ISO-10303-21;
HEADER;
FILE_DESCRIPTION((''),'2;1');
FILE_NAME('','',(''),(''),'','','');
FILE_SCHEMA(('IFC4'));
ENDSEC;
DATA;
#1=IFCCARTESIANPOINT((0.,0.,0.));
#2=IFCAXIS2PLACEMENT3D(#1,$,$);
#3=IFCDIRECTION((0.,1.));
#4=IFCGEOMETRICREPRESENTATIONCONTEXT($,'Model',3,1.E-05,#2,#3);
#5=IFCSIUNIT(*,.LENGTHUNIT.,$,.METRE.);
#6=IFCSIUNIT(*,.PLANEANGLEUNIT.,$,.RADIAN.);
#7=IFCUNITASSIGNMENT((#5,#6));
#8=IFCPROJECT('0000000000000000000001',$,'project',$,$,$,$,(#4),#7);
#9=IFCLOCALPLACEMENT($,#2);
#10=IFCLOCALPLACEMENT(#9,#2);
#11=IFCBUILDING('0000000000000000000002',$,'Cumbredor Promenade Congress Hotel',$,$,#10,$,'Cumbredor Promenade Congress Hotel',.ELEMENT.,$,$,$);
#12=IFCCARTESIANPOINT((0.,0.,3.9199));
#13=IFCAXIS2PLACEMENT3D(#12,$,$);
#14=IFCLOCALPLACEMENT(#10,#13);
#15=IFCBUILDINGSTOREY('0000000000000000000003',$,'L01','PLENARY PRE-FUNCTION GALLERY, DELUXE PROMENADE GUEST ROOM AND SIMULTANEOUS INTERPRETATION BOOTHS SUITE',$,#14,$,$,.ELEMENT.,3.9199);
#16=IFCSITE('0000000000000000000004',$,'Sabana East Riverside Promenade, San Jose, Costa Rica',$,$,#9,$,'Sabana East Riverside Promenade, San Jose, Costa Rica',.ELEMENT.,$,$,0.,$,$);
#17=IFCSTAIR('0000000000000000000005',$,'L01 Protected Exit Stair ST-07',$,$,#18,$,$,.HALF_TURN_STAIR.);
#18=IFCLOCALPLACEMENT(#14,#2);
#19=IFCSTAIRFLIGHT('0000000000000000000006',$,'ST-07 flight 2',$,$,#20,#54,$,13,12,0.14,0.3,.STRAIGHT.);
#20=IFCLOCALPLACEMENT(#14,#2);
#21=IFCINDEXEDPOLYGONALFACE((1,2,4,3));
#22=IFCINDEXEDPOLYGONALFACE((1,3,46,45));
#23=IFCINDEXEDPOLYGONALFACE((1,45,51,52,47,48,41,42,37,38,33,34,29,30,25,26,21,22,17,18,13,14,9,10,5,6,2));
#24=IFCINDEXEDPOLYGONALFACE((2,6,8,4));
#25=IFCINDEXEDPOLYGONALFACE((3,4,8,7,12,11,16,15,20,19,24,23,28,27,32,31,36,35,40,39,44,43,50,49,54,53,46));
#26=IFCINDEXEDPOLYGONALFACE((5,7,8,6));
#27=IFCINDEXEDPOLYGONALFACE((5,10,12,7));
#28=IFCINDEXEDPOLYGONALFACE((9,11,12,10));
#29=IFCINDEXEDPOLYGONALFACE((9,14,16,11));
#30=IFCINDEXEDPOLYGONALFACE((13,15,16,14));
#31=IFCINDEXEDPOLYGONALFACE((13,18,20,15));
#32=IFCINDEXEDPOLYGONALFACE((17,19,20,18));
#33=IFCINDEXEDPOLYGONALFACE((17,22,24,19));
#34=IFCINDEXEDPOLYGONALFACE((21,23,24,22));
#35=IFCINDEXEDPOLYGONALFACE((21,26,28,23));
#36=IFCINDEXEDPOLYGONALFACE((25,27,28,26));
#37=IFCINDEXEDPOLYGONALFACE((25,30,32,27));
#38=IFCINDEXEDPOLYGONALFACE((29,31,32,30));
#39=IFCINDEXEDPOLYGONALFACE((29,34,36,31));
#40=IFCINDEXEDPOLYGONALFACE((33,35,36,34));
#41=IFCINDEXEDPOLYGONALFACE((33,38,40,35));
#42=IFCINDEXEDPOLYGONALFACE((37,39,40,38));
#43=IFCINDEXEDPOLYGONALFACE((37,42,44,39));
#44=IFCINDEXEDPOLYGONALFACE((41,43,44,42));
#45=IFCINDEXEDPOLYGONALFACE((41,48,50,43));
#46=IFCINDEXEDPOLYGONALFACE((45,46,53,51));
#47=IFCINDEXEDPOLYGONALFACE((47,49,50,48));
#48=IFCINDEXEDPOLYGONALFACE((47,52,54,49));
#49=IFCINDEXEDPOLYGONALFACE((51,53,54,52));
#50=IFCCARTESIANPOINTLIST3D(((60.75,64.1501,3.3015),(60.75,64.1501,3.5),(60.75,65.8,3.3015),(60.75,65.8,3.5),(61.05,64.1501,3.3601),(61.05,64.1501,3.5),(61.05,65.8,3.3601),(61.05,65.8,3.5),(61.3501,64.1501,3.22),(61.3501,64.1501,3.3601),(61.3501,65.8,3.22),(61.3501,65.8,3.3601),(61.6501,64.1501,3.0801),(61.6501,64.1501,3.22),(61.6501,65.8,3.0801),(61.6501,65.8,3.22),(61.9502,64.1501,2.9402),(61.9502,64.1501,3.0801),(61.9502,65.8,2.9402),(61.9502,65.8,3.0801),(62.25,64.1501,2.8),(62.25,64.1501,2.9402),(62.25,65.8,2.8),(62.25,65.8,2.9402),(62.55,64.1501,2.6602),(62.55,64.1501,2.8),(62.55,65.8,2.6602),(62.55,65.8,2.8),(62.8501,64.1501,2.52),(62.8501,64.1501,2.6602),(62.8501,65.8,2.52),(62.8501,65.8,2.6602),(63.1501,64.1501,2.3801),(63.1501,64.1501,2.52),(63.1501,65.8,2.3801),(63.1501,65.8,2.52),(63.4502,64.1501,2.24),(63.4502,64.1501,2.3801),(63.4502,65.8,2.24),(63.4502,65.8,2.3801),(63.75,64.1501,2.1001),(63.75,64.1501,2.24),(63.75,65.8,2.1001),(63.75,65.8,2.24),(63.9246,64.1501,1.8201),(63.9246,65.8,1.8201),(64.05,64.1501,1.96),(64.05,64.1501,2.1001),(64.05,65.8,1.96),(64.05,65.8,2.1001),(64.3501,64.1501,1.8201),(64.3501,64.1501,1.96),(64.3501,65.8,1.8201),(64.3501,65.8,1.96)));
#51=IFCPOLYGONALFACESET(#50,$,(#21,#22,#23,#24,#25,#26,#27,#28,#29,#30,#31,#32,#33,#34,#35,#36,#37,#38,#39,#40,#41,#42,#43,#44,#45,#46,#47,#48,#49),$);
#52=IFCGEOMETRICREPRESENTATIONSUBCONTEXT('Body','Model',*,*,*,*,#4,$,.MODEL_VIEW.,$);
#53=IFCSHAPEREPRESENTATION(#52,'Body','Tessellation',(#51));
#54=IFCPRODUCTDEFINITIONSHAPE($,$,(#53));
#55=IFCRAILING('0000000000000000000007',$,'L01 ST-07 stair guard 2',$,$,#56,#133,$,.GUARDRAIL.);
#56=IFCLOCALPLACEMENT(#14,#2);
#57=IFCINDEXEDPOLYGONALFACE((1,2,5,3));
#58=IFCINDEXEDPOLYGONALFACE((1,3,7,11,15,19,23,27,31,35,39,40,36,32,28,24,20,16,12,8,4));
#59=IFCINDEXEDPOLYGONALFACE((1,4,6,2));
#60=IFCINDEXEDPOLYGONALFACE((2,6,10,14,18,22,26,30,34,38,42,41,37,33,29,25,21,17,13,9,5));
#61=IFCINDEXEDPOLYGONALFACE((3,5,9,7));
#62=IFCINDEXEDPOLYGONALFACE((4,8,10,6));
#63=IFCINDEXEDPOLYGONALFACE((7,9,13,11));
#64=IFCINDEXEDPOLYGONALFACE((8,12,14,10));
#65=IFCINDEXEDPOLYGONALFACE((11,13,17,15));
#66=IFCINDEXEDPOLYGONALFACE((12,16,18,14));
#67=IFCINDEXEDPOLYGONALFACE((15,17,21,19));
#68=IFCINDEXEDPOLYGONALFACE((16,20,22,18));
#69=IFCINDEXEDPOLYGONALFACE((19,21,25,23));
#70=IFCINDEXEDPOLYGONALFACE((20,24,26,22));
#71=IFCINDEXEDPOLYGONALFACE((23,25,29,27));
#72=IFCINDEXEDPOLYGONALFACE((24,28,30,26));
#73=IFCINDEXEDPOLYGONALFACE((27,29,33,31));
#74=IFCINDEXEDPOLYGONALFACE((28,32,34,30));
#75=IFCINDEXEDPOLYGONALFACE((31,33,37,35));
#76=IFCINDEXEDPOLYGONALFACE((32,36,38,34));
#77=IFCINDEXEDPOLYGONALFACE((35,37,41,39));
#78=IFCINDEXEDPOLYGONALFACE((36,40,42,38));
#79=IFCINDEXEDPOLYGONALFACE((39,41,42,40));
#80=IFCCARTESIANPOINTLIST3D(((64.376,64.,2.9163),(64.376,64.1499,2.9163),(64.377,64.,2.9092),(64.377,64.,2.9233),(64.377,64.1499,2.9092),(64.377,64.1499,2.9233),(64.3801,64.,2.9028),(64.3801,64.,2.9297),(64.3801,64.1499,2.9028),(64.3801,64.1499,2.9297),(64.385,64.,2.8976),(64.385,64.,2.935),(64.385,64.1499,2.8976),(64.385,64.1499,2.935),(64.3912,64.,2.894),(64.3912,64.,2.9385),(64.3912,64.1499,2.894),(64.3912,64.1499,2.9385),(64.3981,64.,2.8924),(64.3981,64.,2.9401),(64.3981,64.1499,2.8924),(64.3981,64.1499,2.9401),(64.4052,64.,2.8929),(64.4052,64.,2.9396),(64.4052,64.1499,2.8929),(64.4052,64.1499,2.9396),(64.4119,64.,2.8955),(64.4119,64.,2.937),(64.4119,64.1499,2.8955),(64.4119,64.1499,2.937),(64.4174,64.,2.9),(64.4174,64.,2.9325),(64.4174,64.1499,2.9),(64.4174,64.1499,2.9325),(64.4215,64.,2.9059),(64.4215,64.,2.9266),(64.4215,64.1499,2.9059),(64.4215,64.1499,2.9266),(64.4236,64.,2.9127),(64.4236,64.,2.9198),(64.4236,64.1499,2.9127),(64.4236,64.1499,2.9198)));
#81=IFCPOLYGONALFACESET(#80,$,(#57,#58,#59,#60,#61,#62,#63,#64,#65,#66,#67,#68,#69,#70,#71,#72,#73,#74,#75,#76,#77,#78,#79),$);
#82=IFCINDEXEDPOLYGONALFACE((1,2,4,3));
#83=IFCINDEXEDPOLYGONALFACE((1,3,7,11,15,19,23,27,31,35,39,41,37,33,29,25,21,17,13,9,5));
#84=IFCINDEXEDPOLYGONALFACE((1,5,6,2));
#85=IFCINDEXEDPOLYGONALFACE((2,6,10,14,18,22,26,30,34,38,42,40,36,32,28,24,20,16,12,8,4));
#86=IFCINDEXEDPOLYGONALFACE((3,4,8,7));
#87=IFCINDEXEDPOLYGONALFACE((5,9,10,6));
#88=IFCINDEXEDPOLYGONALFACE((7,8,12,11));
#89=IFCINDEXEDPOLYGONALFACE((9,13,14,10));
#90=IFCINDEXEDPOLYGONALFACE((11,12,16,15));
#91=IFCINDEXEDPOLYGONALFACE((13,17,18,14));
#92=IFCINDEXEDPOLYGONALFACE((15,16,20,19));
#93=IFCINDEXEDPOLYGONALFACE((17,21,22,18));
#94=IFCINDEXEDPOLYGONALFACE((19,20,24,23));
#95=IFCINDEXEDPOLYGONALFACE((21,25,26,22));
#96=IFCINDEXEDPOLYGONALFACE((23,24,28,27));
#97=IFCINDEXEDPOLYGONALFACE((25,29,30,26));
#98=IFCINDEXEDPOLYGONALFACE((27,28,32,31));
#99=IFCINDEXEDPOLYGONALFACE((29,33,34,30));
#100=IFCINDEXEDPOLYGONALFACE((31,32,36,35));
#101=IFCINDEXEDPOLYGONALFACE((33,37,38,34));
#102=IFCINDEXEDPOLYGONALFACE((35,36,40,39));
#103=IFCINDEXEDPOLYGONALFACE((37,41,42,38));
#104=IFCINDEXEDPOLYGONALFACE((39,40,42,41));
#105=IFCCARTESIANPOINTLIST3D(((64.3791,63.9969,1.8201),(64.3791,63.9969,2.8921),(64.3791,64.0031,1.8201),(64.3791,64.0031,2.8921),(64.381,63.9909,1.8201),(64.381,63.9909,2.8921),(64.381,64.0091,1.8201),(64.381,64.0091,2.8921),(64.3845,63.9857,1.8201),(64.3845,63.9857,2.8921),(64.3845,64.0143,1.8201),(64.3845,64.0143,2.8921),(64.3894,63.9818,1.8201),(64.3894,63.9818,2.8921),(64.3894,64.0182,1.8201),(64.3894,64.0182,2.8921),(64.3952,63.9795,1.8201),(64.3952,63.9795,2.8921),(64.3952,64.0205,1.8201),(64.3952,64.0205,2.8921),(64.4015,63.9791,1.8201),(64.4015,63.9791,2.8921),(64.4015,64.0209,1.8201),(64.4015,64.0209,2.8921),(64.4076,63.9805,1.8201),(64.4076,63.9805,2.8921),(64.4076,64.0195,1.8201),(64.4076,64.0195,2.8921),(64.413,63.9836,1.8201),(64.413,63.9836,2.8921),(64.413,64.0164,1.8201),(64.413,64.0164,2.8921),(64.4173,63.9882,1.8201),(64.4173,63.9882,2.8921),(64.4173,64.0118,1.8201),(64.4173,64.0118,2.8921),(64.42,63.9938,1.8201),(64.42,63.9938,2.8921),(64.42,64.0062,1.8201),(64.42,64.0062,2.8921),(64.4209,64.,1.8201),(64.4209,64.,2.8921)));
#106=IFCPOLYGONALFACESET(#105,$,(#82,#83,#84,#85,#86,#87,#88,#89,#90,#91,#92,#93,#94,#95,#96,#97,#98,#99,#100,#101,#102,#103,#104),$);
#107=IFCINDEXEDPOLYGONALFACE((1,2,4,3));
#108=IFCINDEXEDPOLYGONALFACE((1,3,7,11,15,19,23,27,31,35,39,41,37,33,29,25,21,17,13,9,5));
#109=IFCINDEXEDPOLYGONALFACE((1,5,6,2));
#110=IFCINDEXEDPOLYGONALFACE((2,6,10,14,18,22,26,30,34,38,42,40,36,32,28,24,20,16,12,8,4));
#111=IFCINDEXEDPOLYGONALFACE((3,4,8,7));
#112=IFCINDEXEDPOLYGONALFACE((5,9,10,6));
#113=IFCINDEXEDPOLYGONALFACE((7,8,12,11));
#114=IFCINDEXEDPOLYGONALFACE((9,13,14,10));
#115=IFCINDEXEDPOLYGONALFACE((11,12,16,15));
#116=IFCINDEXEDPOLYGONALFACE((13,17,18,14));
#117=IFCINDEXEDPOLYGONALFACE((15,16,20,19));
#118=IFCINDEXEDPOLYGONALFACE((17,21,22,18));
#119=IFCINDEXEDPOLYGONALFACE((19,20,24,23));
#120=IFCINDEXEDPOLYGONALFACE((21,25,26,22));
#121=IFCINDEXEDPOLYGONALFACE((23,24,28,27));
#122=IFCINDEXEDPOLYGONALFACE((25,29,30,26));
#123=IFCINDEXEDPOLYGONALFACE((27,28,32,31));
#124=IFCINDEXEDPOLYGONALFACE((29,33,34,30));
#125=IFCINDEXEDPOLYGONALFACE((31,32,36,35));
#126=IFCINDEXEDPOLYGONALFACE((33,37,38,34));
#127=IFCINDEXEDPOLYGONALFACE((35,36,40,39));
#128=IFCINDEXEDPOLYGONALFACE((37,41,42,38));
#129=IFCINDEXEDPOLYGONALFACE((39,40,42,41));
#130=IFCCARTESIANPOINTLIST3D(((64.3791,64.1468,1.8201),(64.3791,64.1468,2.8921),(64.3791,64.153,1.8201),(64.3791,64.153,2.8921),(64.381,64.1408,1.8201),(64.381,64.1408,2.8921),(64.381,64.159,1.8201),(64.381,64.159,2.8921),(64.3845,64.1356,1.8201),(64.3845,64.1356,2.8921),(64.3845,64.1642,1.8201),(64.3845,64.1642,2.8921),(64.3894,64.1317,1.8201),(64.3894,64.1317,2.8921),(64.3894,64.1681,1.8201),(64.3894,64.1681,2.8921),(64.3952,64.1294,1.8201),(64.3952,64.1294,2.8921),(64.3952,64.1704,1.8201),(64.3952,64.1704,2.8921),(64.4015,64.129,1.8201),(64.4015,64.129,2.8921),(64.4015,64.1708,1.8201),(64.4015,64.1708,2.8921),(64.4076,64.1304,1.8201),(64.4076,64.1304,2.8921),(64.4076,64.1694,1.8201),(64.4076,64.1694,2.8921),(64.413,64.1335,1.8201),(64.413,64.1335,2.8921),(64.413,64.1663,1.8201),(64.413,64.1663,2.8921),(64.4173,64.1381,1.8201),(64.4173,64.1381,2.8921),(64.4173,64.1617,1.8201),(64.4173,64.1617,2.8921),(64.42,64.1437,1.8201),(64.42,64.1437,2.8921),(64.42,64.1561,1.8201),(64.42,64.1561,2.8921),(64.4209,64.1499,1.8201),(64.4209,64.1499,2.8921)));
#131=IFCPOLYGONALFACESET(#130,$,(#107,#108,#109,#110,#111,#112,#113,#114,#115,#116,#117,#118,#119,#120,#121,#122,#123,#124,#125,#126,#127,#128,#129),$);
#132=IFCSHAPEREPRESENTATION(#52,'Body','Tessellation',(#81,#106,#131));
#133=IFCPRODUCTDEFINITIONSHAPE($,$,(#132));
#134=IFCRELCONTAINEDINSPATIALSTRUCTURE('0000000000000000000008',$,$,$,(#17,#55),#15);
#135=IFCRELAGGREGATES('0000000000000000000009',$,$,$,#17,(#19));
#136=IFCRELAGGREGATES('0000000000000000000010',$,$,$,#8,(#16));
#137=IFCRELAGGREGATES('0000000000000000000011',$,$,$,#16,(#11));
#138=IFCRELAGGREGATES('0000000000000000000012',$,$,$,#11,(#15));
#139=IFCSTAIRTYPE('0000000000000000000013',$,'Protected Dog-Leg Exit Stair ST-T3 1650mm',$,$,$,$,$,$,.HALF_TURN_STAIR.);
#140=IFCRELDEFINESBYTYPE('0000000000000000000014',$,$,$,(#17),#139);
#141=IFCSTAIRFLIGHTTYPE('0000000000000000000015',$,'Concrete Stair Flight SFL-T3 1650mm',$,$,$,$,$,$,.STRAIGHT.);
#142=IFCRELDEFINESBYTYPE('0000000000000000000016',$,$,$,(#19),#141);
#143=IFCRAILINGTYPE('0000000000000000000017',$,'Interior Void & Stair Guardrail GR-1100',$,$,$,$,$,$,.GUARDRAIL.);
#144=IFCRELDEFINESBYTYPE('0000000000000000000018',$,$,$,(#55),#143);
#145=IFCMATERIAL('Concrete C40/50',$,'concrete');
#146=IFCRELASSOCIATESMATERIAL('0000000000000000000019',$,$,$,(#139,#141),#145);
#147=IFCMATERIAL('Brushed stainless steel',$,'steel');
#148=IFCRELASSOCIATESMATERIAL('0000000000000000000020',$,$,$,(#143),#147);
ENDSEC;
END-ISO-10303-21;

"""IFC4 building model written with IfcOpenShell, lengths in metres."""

from ifc_helpers import new_model, si_unit, direction, frame, origin, origin_2d, place, context, subcontext, project, spatial, polyline, circle, outline, extrude, material, type_object, element, aggregate, save


model = new_model("IFC4")

# Units and contexts
model_context = context("Model", 3, precision=1e-05, world=origin(), true_north=direction((0.0, 1.0)))
body_context = subcontext(model_context, "Body", "Model", "MODEL_VIEW")
ifc_project = project(units=[si_unit("LENGTHUNIT", "METRE"), si_unit("PLANEANGLEUNIT", "RADIAN")], contexts=[model_context])

# Site, building, storey
site_placement = place(None, origin())
site = spatial("IfcSite", under=ifc_project, at=site_placement, Name="Sabana East Riverside Promenade, San Jose, Costa Rica", LongName="Sabana East Riverside Promenade, San Jose, Costa Rica", CompositionType="ELEMENT", RefElevation=0.0)
building_placement = place(site_placement, origin())
building = spatial("IfcBuilding", under=site, at=building_placement, Name="Cumbredor Promenade Congress Hotel", LongName="Cumbredor Promenade Congress Hotel", CompositionType="ELEMENT")
storey_placement = place(building_placement, frame((0.0, 0.0, 3.9199)))
storey = spatial("IfcBuildingStorey", under=building, at=storey_placement, Name="L01", Description="PLENARY PRE-FUNCTION GALLERY, DELUXE PROMENADE GUEST ROOM AND SIMULTANEOUS INTERPRETATION BOOTHS SUITE", CompositionType="ELEMENT", Elevation=3.9199)

# Shared definitions
ifc_material_1 = material(Name="Concrete C40/50", Category="concrete")

# Stair, stair flight
stair_type = type_object("IfcStairType", Name="Protected Dog-Leg Exit Stair ST-T3 1650mm", PredefinedType="HALF_TURN_STAIR", material=ifc_material_1)
stair_placement = place(storey_placement, origin())
stair = element("IfcStair", 1, at=stair_placement, inside=storey, type_object=stair_type, Name="L01 Protected Exit Stair ST-07", PredefinedType="HALF_TURN_STAIR")
stair_flight_type = type_object("IfcStairFlightType", Name="Concrete Stair Flight SFL-T3 1650mm", PredefinedType="STRAIGHT", material=ifc_material_1)
stair_flight_placement = place(storey_placement, frame((64.3501, 64.9751, 1.8201), z_axis=(0.0, 0.0, 1.0), x_axis=(-1.0, 0.0, 0.0)))
stair_flight = element("IfcStairFlight", 2, at=stair_flight_placement, type_object=stair_flight_type, Name="ST-07 flight 2", NumberOfRisers=13, NumberOfTreads=12, PredefinedType="STRAIGHT", RiserHeight=0.14, TreadLength=0.3, context=body_context, shape_type="SweptSolid", body=[
    extrude(outline(polyline([(0.0, 0.0), (0.0, 0.1399), (0.3, 0.1399), (0.3, 0.28), (0.6001, 0.28), (0.6001, 0.4199), (0.8999, 0.4199), (0.8999, 0.5601), (1.2, 0.5601), (1.2, 0.7), (1.5, 0.7), (1.5, 0.8401), (1.8, 0.8401), (1.8, 0.98), (2.1001, 0.98), (2.1001, 1.1201), (2.3999, 1.1201), (2.3999, 1.26), (2.7, 1.26), (2.7, 1.3999), (3.0, 1.3999), (3.0, 1.54), (3.3, 1.54), (3.3, 1.6799), (3.6001, 1.6799), (3.6001, 1.8201), (3.6001, 1.4814), (0.4255, 0.0), (0.0, 0.0)])), frame((0.0, 0.825, 0.0), z_axis=(0.0, -1.0, 0.0), x_axis=(1.0, 0.0, 0.0)), (0.0, 0.0, 1.0), 1.6499),
])
aggregate(stair, [stair_flight])

# Railing
ifc_material_2 = material(Name="Brushed stainless steel", Category="steel")
railing_type_1 = type_object("IfcRailingType", Name="Interior Void & Stair Guardrail GR-1100", PredefinedType="GUARDRAIL", material=ifc_material_2)
railing_1_placement = place(storey_placement, frame((64.3999, 64.0, 1.8201)))
element("IfcRailing", 3, at=railing_1_placement, inside=storey, type_object=railing_type_1, Name="L01 ST-07 stair guard 2", PredefinedType="GUARDRAIL", context=body_context, shape_type="SweptSolid", body=[
    extrude(circle(Radius=0.0239, at=origin_2d()), frame((0.0, 0.0, 1.0962), z_axis=(0.0, 1.0, 0.0), x_axis=(-1.0, 0.0, 0.0)), (0.0, 0.0, 1.0), 0.1499),
    extrude(circle(Radius=0.021, at=origin_2d()), origin(), (0.0, 0.0, 1.0), 1.072),
    extrude(circle(Radius=0.021, at=origin_2d()), frame((0.0, 0.1499, 0.0)), (0.0, 0.0, 1.0), 1.072),
])

save(model, "model.ifc")
